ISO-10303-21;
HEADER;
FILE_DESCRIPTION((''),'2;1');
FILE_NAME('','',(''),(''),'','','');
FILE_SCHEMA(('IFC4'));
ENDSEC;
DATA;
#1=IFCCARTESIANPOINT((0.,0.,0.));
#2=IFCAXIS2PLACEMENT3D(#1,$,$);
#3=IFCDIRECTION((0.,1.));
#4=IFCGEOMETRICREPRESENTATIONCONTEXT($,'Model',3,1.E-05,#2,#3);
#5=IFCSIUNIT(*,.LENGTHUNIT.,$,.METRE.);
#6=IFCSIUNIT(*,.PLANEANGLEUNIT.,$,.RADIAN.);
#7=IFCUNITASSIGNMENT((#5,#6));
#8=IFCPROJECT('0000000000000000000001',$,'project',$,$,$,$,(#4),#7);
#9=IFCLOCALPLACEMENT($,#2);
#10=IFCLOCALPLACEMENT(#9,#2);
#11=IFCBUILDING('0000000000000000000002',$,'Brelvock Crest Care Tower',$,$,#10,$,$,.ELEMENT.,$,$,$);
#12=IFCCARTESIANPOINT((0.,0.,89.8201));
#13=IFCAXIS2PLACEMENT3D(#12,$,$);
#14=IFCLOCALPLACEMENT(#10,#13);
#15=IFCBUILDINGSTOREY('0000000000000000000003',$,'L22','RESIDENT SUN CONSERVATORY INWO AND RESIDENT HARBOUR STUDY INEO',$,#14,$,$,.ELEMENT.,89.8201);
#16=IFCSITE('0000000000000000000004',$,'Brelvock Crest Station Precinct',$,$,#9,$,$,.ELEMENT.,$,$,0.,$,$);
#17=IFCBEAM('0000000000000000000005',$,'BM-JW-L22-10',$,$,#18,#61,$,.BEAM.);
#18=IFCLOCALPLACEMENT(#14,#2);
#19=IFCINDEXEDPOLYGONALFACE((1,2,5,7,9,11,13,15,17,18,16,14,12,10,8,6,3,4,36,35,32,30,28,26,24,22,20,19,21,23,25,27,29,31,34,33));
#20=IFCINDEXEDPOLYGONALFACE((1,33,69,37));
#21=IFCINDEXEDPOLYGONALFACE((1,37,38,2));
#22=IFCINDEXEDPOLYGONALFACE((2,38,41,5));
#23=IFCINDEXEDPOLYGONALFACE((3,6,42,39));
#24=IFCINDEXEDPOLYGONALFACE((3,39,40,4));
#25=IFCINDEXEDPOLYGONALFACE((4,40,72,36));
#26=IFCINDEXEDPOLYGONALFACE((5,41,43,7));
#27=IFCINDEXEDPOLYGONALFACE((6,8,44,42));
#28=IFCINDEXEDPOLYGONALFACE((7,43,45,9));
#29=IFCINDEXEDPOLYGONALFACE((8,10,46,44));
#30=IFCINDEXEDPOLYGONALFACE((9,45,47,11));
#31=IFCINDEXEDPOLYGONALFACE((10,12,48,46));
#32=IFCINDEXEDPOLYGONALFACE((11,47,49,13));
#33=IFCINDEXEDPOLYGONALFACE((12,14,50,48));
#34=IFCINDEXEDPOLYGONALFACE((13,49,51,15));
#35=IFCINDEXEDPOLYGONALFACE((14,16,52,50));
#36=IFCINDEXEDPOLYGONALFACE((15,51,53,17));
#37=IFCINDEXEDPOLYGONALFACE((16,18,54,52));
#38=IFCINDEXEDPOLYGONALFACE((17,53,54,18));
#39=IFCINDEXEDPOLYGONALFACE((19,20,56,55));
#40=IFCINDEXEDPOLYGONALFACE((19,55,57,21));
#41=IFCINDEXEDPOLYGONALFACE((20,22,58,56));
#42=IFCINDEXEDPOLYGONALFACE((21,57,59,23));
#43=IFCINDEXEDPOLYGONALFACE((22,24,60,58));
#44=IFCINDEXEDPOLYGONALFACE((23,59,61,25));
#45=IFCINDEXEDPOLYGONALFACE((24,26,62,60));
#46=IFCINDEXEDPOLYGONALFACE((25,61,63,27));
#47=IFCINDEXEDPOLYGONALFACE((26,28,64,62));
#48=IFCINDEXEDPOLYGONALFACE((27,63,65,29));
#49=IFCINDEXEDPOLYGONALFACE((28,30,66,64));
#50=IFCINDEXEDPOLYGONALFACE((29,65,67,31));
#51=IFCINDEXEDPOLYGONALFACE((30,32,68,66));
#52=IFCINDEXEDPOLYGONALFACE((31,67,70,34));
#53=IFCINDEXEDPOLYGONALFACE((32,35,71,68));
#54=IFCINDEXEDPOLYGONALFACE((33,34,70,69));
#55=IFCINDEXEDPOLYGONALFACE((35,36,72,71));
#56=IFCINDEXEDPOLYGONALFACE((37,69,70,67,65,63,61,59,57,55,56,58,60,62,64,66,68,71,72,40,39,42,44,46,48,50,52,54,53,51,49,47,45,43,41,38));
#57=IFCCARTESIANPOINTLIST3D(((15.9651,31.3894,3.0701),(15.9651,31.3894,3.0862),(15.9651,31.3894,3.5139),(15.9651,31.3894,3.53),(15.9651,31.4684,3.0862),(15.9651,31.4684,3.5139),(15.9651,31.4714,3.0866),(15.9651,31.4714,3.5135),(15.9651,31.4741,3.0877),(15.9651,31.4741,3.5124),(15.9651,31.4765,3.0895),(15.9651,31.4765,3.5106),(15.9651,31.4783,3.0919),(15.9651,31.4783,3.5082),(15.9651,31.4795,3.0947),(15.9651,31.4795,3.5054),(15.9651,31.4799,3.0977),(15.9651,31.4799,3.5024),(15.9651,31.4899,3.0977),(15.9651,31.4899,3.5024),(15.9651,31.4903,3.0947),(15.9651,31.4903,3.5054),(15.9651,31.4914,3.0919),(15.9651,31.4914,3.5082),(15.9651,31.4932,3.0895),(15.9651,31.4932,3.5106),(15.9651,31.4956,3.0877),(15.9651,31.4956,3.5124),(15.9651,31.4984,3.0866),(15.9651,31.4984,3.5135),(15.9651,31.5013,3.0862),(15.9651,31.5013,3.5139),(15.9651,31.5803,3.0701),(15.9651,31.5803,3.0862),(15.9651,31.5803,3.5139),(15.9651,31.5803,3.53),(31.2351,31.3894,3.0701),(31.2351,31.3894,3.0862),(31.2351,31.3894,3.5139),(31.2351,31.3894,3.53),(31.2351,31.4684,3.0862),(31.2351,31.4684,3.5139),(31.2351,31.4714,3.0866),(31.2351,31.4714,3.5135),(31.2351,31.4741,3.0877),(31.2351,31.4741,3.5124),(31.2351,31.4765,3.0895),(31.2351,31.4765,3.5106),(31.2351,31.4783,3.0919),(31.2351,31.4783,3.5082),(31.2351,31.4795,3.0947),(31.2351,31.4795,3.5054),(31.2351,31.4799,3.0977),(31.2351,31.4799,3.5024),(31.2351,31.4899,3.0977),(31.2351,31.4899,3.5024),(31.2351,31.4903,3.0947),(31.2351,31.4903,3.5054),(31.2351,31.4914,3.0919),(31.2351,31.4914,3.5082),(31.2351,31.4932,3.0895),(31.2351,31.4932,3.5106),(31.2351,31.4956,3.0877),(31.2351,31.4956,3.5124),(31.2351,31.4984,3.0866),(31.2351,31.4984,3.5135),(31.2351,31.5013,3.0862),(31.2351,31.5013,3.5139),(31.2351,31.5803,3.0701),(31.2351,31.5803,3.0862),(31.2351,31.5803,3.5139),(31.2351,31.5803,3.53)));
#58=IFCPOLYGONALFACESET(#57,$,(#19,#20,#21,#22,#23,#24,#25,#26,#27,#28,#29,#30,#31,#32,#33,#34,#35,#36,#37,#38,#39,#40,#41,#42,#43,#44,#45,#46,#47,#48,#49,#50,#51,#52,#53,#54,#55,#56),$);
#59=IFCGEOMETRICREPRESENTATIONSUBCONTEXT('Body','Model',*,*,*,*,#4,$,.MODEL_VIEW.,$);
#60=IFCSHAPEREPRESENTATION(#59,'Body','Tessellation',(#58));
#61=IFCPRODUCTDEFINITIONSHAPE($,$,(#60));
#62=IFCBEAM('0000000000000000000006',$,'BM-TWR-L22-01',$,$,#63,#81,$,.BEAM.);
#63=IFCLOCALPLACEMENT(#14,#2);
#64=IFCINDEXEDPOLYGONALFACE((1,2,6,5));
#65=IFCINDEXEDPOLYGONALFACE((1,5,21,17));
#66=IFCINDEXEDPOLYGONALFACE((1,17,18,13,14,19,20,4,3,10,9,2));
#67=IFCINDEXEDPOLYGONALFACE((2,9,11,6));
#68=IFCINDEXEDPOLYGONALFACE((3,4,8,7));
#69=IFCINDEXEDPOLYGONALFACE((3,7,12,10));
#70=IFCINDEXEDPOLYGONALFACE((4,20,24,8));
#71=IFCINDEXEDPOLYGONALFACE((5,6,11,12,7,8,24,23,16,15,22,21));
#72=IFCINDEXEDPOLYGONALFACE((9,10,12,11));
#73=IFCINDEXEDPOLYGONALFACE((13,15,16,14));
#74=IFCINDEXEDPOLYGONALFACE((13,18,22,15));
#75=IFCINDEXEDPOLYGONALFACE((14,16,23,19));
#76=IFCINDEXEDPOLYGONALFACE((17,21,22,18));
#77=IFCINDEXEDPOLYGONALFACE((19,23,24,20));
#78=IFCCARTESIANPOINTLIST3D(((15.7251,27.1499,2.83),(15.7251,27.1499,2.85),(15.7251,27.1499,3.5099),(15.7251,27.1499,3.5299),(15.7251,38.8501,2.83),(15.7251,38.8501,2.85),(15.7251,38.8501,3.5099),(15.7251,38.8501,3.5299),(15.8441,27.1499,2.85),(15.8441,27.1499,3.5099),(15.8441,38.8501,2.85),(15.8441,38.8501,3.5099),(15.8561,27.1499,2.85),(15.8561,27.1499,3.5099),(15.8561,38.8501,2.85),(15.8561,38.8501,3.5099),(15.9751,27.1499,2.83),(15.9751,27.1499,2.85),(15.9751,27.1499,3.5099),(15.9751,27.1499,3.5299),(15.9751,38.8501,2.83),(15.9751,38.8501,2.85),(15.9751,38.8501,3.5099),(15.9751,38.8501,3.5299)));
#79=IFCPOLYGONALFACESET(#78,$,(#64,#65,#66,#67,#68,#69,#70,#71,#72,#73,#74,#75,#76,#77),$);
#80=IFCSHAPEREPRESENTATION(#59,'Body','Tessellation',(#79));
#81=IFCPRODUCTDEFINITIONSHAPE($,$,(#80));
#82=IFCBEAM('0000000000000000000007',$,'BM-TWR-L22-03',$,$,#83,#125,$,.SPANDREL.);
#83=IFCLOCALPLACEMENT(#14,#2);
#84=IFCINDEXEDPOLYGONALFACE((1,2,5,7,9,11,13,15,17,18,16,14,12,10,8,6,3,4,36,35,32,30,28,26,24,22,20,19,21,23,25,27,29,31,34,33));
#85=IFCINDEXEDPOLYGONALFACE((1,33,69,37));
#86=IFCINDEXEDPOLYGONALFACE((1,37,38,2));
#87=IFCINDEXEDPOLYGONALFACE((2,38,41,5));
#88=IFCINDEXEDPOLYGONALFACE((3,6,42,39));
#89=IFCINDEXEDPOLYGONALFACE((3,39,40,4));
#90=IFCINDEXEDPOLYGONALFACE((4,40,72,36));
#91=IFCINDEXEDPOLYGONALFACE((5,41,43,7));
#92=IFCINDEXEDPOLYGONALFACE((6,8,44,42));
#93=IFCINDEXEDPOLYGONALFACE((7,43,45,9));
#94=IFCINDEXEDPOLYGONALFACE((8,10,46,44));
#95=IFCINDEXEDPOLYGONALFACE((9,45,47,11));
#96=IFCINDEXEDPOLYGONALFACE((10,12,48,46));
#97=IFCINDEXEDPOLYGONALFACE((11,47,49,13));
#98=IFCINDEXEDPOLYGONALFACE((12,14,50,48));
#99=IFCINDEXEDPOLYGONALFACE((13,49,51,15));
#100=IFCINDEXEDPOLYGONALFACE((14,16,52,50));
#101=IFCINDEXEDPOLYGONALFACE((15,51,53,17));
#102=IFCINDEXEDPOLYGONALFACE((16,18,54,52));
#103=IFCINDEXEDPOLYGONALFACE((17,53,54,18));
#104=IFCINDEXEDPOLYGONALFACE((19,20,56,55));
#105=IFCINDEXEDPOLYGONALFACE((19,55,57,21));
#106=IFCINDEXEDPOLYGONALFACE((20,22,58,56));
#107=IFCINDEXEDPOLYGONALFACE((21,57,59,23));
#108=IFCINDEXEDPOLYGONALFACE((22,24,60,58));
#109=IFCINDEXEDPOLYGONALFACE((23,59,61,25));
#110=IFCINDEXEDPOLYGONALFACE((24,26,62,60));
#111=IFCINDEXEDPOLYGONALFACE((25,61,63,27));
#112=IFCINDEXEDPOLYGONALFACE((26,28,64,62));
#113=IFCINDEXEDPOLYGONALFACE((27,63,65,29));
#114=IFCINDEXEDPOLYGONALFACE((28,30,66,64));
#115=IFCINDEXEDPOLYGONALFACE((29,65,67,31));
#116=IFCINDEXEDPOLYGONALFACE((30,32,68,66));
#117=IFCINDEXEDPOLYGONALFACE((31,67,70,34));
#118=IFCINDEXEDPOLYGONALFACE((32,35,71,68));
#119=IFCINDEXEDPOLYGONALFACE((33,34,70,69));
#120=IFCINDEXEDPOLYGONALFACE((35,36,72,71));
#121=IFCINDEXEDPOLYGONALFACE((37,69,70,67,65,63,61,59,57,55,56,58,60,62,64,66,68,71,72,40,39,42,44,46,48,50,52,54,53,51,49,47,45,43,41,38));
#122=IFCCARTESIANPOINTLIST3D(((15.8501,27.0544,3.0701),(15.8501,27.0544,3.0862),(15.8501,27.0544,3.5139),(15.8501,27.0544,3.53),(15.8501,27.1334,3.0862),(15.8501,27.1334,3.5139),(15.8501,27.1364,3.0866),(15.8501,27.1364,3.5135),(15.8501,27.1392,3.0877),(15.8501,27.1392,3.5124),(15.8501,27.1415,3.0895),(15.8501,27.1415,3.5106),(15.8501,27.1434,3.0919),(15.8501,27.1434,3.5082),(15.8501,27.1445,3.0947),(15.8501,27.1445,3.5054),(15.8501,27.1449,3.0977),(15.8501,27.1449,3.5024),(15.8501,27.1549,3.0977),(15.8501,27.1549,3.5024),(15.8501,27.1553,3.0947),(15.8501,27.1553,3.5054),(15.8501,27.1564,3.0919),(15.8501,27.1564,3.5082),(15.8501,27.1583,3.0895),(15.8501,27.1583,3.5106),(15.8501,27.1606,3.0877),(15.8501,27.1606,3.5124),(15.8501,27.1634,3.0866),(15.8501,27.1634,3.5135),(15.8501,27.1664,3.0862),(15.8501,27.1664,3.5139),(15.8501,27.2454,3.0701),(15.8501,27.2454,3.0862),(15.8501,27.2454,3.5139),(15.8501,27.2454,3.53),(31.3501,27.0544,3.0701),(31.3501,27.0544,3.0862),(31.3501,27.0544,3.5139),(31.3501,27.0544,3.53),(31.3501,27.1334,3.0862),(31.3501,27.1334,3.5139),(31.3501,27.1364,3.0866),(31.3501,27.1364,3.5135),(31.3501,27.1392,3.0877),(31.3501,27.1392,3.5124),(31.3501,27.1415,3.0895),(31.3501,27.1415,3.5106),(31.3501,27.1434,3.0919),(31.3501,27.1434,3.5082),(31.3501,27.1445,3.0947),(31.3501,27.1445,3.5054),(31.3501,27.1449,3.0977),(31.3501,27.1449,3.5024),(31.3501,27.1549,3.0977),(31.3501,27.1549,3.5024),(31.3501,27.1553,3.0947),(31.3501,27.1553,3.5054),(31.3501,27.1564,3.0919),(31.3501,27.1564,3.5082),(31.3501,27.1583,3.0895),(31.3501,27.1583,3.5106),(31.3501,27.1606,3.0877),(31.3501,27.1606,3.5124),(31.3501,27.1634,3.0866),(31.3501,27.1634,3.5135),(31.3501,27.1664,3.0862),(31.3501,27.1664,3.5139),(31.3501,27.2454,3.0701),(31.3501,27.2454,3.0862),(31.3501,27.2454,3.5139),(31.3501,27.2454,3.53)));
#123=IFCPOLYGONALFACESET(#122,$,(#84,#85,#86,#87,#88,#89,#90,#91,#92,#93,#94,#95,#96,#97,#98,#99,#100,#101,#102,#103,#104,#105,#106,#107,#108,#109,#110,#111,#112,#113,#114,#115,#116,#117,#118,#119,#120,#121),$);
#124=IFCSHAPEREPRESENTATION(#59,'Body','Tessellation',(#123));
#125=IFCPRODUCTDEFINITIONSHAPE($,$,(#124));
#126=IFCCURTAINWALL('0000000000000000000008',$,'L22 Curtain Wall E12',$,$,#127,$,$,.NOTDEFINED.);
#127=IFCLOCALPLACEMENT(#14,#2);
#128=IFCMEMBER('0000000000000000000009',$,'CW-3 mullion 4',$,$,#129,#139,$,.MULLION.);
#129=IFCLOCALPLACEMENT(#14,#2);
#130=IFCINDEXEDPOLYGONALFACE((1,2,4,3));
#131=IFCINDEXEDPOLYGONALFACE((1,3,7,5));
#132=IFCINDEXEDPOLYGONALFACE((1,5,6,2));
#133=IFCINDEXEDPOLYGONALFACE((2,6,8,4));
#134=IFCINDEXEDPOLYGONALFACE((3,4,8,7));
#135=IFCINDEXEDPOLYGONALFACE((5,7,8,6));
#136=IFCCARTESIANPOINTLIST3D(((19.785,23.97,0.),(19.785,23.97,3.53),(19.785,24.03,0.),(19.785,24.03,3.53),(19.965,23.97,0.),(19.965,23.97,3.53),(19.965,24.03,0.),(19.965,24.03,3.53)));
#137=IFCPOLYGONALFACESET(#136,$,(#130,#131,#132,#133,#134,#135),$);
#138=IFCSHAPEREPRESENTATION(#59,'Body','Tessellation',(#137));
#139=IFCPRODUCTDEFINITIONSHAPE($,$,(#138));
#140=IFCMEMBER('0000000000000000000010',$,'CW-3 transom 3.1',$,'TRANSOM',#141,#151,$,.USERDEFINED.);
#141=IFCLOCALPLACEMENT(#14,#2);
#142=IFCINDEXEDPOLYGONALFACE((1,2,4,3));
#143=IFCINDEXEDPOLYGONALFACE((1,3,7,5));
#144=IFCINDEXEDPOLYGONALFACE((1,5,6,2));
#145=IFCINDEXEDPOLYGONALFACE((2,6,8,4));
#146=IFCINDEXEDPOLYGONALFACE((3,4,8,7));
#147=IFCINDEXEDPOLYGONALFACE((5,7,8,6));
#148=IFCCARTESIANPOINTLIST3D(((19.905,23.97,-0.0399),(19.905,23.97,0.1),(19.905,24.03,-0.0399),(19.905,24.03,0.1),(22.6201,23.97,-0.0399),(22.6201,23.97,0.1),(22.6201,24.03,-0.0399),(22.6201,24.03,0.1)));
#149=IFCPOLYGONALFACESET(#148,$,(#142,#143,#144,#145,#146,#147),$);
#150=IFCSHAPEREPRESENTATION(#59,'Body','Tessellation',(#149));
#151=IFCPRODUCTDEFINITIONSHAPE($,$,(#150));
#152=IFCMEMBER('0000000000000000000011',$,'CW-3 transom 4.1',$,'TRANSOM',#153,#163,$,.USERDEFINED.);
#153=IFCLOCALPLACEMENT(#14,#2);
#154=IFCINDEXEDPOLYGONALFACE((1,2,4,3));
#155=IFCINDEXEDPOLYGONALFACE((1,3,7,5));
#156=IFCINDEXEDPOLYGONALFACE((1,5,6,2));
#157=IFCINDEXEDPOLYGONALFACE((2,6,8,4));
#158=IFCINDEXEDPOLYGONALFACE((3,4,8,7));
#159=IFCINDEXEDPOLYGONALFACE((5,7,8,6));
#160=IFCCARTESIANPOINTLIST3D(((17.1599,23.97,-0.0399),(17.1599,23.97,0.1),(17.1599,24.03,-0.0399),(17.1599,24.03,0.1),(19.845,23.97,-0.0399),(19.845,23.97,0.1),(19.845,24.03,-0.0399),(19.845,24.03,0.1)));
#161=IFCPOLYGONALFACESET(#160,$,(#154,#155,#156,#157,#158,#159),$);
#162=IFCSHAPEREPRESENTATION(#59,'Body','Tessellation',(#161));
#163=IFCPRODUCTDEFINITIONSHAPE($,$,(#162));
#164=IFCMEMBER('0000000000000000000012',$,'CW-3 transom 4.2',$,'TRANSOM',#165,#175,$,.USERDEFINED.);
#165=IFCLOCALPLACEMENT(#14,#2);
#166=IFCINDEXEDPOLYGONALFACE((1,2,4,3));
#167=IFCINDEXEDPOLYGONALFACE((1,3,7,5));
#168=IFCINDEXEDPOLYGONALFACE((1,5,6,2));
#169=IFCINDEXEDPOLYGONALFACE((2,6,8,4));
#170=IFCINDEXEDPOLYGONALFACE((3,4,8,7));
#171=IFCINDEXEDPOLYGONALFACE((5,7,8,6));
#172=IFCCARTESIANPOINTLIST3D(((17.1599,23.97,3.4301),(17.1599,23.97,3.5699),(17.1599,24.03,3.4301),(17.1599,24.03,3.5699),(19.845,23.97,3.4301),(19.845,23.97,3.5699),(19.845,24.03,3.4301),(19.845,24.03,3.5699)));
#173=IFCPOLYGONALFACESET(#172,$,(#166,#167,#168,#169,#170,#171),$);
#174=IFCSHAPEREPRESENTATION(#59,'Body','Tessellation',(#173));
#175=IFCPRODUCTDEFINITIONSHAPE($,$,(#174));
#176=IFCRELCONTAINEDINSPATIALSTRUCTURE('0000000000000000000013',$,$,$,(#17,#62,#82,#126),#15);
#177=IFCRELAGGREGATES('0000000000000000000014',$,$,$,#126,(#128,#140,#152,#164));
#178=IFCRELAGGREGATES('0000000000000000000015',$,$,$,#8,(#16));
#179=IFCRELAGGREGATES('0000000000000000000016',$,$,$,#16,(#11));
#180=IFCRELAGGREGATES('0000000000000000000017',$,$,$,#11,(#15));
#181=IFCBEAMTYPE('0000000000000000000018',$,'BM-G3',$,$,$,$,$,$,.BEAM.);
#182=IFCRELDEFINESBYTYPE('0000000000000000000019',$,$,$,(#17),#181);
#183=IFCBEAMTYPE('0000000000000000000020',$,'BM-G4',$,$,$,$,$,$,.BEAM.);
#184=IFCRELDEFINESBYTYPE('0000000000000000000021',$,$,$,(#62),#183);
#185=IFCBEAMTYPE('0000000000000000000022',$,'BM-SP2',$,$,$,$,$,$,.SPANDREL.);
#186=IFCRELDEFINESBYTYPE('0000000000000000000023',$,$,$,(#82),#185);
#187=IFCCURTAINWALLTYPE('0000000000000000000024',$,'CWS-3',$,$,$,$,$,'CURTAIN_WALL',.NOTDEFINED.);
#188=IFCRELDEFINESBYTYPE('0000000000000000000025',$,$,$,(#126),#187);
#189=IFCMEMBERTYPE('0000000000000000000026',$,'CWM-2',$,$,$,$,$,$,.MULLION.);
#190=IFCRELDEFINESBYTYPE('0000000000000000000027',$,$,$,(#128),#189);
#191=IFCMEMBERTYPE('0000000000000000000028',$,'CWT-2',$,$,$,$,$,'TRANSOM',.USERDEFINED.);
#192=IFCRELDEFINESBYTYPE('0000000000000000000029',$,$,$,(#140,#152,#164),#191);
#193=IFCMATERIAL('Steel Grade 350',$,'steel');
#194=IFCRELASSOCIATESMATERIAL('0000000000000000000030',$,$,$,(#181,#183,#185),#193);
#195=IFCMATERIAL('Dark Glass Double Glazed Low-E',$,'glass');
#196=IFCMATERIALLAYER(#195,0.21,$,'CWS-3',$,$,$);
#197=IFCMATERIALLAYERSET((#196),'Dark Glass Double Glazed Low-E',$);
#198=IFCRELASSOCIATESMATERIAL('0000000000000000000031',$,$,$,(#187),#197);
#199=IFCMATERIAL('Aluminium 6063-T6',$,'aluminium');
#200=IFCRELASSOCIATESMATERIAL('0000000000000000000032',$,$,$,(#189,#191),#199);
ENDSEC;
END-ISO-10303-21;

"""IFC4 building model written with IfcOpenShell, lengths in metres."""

from ifc_helpers import new_model, si_unit, direction, frame, origin, origin_2d, place, context, subcontext, project, spatial, rectangle, i_section, extrude, source, transform, mapped, material, layer, layer_set, material_profile, profile_set, type_object, element, aggregate, save


model = new_model("IFC4")

# Units and contexts
model_context = context("Model", 3, precision=1e-05, world=origin(), true_north=direction((0.0, 1.0)))
body_context = subcontext(model_context, "Body", "Model", "MODEL_VIEW")
ifc_project = project(units=[si_unit("LENGTHUNIT", "METRE"), si_unit("PLANEANGLEUNIT", "RADIAN")], contexts=[model_context])

# Site, building, storey
site_placement = place(None, origin())
site = spatial("IfcSite", under=ifc_project, at=site_placement, Name="Brelvock Crest Station Precinct", CompositionType="ELEMENT", RefElevation=0.0)
building_placement = place(site_placement, origin())
building = spatial("IfcBuilding", under=site, at=building_placement, Name="Brelvock Crest Care Tower", CompositionType="ELEMENT")
storey_placement = place(building_placement, frame((0.0, 0.0, 89.8201)))
storey = spatial("IfcBuildingStorey", under=building, at=storey_placement, Name="L22", Description="RESIDENT SUN CONSERVATORY INWO AND RESIDENT HARBOUR STUDY INEO", CompositionType="ELEMENT", Elevation=89.8201)

# Shared definitions
ifc_material_1 = material(Name="Steel Grade 350", Category="steel")

# Beams
ifc_material_profile_1 = material_profile(ifc_material_1, i_section(OverallWidth=0.1909, OverallDepth=0.46, WebThickness=0.01, FlangeThickness=0.0161, FilletRadius=0.0115, at=origin_2d()), Name="460UB82.1")
ifc_profile_set_1 = profile_set([ifc_material_profile_1], Name="Steel Grade 350")
beam_type_1 = type_object("IfcBeamType", Name="BM-G3", PredefinedType="BEAM", material=ifc_profile_set_1)
shared_shape_1 = source(origin(), body_context, "Body", "SweptSolid", [
    extrude(i_section(OverallWidth=0.1909, OverallDepth=0.46, WebThickness=0.01, FlangeThickness=0.0161, FilletRadius=0.0115, at=origin_2d()), origin(), (0.0, 0.0, 1.0), 15.27),
])
for number, where, z_axis, x_axis, name in (
    (1, (15.9651, 31.4849, 3.3), (1.0, 0.0, 0.0), (0.0, 1.0, 0.0), "BM-JW-L22-10"),
):
    element("IfcBeam", number, at=place(storey_placement, frame(where, z_axis=z_axis, x_axis=x_axis)), inside=storey, type_object=beam_type_1, Name=name, PredefinedType="BEAM", context=body_context, shape_type="MappedRepresentation", body=[
        mapped(shared_shape_1, transform((0.0, 0.0, 0.0), x_axis=(1.0, 0.0, 0.0), y_axis=(0.0, 1.0, 0.0), z_axis=(0.0, 0.0, 1.0), scale=1.0)),
    ])
ifc_material_profile_2 = material_profile(ifc_material_1, i_section(OverallWidth=0.25, OverallDepth=0.7, WebThickness=0.012, FlangeThickness=0.02, at=origin_2d()), Name="700WB150")
ifc_profile_set_2 = profile_set([ifc_material_profile_2], Name="Steel Grade 350")
beam_type_2 = type_object("IfcBeamType", Name="BM-G4", PredefinedType="BEAM", material=ifc_profile_set_2)
shared_shape_2 = source(origin(), body_context, "Body", "SweptSolid", [
    extrude(i_section(OverallWidth=0.25, OverallDepth=0.7, WebThickness=0.012, FlangeThickness=0.02, at=origin_2d()), origin(), (0.0, 0.0, 1.0), 11.7002),
])
beam_1_placement = place(storey_placement, frame((15.8501, 27.1499, 3.1799), z_axis=(0.0, 1.0, 0.0), x_axis=(-1.0, 0.0, 0.0)))
element("IfcBeam", 2, at=beam_1_placement, inside=storey, type_object=beam_type_2, Name="BM-TWR-L22-01", PredefinedType="BEAM", context=body_context, shape_type="MappedRepresentation", body=[
    mapped(shared_shape_2, transform((0.0, 0.0, 0.0), x_axis=(1.0, 0.0, 0.0), y_axis=(0.0, 1.0, 0.0), z_axis=(0.0, 0.0, 1.0), scale=1.0)),
])
ifc_material_profile_3 = material_profile(ifc_material_1, i_section(OverallWidth=0.1909, OverallDepth=0.46, WebThickness=0.01, FlangeThickness=0.0161, FilletRadius=0.0115, at=origin_2d()), Name="460UB82.1")
ifc_profile_set_3 = profile_set([ifc_material_profile_3], Name="Steel Grade 350")
beam_type_3 = type_object("IfcBeamType", Name="BM-SP2", PredefinedType="SPANDREL", material=ifc_profile_set_3)
shared_shape_3 = source(origin(), body_context, "Body", "SweptSolid", [
    extrude(i_section(OverallWidth=0.1909, OverallDepth=0.46, WebThickness=0.01, FlangeThickness=0.0161, FilletRadius=0.0115, at=origin_2d()), origin(), (0.0, 0.0, 1.0), 15.5),
])
beam_2_placement = place(storey_placement, frame((15.8501, 27.1499, 3.3), z_axis=(1.0, 0.0, 0.0), x_axis=(0.0, 1.0, 0.0)))
element("IfcBeam", 3, at=beam_2_placement, inside=storey, type_object=beam_type_3, Name="BM-TWR-L22-03", PredefinedType="SPANDREL", context=body_context, shape_type="MappedRepresentation", body=[
    mapped(shared_shape_3, transform((0.0, 0.0, 0.0), x_axis=(1.0, 0.0, 0.0), y_axis=(0.0, 1.0, 0.0), z_axis=(0.0, 0.0, 1.0), scale=1.0)),
])

# Curtain wall, members
ifc_material_2 = material(Name="Dark Glass Double Glazed Low-E", Category="glass")
ifc_layer_1 = layer(ifc_material_2, 0.21, Name="CWS-3")
ifc_layer_set_1 = layer_set([ifc_layer_1], Name="Dark Glass Double Glazed Low-E")
curtain_wall_type = type_object("IfcCurtainWallType", Name="CWS-3", ElementType="CURTAIN_WALL", PredefinedType="NOTDEFINED", material=ifc_layer_set_1)
curtain_wall_placement = place(storey_placement, origin())
curtain_wall = element("IfcCurtainWall", 4, at=curtain_wall_placement, inside=storey, type_object=curtain_wall_type, Name="L22 Curtain Wall E12", PredefinedType="NOTDEFINED")
ifc_material_3 = material(Name="Aluminium 6063-T6", Category="aluminium")
ifc_material_profile_4 = material_profile(ifc_material_3, rectangle(XDim=0.0601, YDim=0.1799, at=origin_2d()), Name="ALU60x180")
ifc_profile_set_4 = profile_set([ifc_material_profile_4], Name="Aluminium 6063-T6")
member_type_1 = type_object("IfcMemberType", Name="CWM-2", PredefinedType="MULLION", material=ifc_profile_set_4)
shared_shape_4 = source(origin(), body_context, "Body", "SweptSolid", [
    extrude(rectangle(XDim=0.0601, YDim=0.1799, at=origin_2d()), origin(), (0.0, 0.0, 1.0), 3.53),
])
member_1_placement = place(storey_placement, frame((19.875, 24.0, 0.0), z_axis=(0.0, 0.0, 1.0), x_axis=(0.0, -1.0, 0.0)))
member_1 = element("IfcMember", 5, at=member_1_placement, type_object=member_type_1, Name="CW-3 mullion 4", PredefinedType="MULLION", context=body_context, shape_type="MappedRepresentation", body=[
    mapped(shared_shape_4, transform((0.0, 0.0, 0.0), x_axis=(1.0, 0.0, 0.0), y_axis=(0.0, 1.0, 0.0), z_axis=(0.0, 0.0, 1.0), scale=1.0)),
])
ifc_material_profile_5 = material_profile(ifc_material_3, rectangle(XDim=0.0601, YDim=0.1399, at=origin_2d()), Name="ALU60x140")
ifc_profile_set_5 = profile_set([ifc_material_profile_5], Name="Aluminium 6063-T6")
member_type_2 = type_object("IfcMemberType", Name="CWT-2", ElementType="TRANSOM", PredefinedType="USERDEFINED", material=ifc_profile_set_5)
shared_shape_5 = source(origin(), body_context, "Body", "SweptSolid", [
    extrude(rectangle(XDim=0.0601, YDim=0.1399, at=origin_2d()), origin(), (0.0, 0.0, 1.0), 2.7151),
])
member_2_placement = place(storey_placement, frame((22.6201, 24.0, 0.03), z_axis=(-1.0, 0.0, 0.0), x_axis=(0.0, -1.0, 0.0)))
member_2 = element("IfcMember", 6, at=member_2_placement, type_object=member_type_2, Name="CW-3 transom 3.1", ObjectType="TRANSOM", PredefinedType="USERDEFINED", context=body_context, shape_type="MappedRepresentation", body=[
    mapped(shared_shape_5, transform((0.0, 0.0, 0.0), x_axis=(1.0, 0.0, 0.0), y_axis=(0.0, 1.0, 0.0), z_axis=(0.0, 0.0, 1.0), scale=1.0)),
])
shared_shape_6 = source(origin(), body_context, "Body", "SweptSolid", [
    extrude(rectangle(XDim=0.0601, YDim=0.1399, at=origin_2d()), origin(), (0.0, 0.0, 1.0), 2.6851),
])
member_3_placement = place(storey_placement, frame((19.845, 24.0, 0.03), z_axis=(-1.0, 0.0, 0.0), x_axis=(0.0, -1.0, 0.0)))
member_3 = element("IfcMember", 7, at=member_3_placement, type_object=member_type_2, Name="CW-3 transom 4.1", ObjectType="TRANSOM", PredefinedType="USERDEFINED", context=body_context, shape_type="MappedRepresentation", body=[
    mapped(shared_shape_6, transform((0.0, 0.0, 0.0), x_axis=(1.0, 0.0, 0.0), y_axis=(0.0, 1.0, 0.0), z_axis=(0.0, 0.0, 1.0), scale=1.0)),
])
member_4_placement = place(storey_placement, frame((19.845, 24.0, 3.5), z_axis=(-1.0, 0.0, 0.0), x_axis=(0.0, -1.0, 0.0)))
member_4 = element("IfcMember", 8, at=member_4_placement, type_object=member_type_2, Name="CW-3 transom 4.2", ObjectType="TRANSOM", PredefinedType="USERDEFINED", context=body_context, shape_type="MappedRepresentation", body=[
    mapped(shared_shape_6, transform((0.0, 0.0, 0.0), x_axis=(1.0, 0.0, 0.0), y_axis=(0.0, 1.0, 0.0), z_axis=(0.0, 0.0, 1.0), scale=1.0)),
])
aggregate(curtain_wall, [member_1, member_2, member_3, member_4])

save(model, "model.ifc")
